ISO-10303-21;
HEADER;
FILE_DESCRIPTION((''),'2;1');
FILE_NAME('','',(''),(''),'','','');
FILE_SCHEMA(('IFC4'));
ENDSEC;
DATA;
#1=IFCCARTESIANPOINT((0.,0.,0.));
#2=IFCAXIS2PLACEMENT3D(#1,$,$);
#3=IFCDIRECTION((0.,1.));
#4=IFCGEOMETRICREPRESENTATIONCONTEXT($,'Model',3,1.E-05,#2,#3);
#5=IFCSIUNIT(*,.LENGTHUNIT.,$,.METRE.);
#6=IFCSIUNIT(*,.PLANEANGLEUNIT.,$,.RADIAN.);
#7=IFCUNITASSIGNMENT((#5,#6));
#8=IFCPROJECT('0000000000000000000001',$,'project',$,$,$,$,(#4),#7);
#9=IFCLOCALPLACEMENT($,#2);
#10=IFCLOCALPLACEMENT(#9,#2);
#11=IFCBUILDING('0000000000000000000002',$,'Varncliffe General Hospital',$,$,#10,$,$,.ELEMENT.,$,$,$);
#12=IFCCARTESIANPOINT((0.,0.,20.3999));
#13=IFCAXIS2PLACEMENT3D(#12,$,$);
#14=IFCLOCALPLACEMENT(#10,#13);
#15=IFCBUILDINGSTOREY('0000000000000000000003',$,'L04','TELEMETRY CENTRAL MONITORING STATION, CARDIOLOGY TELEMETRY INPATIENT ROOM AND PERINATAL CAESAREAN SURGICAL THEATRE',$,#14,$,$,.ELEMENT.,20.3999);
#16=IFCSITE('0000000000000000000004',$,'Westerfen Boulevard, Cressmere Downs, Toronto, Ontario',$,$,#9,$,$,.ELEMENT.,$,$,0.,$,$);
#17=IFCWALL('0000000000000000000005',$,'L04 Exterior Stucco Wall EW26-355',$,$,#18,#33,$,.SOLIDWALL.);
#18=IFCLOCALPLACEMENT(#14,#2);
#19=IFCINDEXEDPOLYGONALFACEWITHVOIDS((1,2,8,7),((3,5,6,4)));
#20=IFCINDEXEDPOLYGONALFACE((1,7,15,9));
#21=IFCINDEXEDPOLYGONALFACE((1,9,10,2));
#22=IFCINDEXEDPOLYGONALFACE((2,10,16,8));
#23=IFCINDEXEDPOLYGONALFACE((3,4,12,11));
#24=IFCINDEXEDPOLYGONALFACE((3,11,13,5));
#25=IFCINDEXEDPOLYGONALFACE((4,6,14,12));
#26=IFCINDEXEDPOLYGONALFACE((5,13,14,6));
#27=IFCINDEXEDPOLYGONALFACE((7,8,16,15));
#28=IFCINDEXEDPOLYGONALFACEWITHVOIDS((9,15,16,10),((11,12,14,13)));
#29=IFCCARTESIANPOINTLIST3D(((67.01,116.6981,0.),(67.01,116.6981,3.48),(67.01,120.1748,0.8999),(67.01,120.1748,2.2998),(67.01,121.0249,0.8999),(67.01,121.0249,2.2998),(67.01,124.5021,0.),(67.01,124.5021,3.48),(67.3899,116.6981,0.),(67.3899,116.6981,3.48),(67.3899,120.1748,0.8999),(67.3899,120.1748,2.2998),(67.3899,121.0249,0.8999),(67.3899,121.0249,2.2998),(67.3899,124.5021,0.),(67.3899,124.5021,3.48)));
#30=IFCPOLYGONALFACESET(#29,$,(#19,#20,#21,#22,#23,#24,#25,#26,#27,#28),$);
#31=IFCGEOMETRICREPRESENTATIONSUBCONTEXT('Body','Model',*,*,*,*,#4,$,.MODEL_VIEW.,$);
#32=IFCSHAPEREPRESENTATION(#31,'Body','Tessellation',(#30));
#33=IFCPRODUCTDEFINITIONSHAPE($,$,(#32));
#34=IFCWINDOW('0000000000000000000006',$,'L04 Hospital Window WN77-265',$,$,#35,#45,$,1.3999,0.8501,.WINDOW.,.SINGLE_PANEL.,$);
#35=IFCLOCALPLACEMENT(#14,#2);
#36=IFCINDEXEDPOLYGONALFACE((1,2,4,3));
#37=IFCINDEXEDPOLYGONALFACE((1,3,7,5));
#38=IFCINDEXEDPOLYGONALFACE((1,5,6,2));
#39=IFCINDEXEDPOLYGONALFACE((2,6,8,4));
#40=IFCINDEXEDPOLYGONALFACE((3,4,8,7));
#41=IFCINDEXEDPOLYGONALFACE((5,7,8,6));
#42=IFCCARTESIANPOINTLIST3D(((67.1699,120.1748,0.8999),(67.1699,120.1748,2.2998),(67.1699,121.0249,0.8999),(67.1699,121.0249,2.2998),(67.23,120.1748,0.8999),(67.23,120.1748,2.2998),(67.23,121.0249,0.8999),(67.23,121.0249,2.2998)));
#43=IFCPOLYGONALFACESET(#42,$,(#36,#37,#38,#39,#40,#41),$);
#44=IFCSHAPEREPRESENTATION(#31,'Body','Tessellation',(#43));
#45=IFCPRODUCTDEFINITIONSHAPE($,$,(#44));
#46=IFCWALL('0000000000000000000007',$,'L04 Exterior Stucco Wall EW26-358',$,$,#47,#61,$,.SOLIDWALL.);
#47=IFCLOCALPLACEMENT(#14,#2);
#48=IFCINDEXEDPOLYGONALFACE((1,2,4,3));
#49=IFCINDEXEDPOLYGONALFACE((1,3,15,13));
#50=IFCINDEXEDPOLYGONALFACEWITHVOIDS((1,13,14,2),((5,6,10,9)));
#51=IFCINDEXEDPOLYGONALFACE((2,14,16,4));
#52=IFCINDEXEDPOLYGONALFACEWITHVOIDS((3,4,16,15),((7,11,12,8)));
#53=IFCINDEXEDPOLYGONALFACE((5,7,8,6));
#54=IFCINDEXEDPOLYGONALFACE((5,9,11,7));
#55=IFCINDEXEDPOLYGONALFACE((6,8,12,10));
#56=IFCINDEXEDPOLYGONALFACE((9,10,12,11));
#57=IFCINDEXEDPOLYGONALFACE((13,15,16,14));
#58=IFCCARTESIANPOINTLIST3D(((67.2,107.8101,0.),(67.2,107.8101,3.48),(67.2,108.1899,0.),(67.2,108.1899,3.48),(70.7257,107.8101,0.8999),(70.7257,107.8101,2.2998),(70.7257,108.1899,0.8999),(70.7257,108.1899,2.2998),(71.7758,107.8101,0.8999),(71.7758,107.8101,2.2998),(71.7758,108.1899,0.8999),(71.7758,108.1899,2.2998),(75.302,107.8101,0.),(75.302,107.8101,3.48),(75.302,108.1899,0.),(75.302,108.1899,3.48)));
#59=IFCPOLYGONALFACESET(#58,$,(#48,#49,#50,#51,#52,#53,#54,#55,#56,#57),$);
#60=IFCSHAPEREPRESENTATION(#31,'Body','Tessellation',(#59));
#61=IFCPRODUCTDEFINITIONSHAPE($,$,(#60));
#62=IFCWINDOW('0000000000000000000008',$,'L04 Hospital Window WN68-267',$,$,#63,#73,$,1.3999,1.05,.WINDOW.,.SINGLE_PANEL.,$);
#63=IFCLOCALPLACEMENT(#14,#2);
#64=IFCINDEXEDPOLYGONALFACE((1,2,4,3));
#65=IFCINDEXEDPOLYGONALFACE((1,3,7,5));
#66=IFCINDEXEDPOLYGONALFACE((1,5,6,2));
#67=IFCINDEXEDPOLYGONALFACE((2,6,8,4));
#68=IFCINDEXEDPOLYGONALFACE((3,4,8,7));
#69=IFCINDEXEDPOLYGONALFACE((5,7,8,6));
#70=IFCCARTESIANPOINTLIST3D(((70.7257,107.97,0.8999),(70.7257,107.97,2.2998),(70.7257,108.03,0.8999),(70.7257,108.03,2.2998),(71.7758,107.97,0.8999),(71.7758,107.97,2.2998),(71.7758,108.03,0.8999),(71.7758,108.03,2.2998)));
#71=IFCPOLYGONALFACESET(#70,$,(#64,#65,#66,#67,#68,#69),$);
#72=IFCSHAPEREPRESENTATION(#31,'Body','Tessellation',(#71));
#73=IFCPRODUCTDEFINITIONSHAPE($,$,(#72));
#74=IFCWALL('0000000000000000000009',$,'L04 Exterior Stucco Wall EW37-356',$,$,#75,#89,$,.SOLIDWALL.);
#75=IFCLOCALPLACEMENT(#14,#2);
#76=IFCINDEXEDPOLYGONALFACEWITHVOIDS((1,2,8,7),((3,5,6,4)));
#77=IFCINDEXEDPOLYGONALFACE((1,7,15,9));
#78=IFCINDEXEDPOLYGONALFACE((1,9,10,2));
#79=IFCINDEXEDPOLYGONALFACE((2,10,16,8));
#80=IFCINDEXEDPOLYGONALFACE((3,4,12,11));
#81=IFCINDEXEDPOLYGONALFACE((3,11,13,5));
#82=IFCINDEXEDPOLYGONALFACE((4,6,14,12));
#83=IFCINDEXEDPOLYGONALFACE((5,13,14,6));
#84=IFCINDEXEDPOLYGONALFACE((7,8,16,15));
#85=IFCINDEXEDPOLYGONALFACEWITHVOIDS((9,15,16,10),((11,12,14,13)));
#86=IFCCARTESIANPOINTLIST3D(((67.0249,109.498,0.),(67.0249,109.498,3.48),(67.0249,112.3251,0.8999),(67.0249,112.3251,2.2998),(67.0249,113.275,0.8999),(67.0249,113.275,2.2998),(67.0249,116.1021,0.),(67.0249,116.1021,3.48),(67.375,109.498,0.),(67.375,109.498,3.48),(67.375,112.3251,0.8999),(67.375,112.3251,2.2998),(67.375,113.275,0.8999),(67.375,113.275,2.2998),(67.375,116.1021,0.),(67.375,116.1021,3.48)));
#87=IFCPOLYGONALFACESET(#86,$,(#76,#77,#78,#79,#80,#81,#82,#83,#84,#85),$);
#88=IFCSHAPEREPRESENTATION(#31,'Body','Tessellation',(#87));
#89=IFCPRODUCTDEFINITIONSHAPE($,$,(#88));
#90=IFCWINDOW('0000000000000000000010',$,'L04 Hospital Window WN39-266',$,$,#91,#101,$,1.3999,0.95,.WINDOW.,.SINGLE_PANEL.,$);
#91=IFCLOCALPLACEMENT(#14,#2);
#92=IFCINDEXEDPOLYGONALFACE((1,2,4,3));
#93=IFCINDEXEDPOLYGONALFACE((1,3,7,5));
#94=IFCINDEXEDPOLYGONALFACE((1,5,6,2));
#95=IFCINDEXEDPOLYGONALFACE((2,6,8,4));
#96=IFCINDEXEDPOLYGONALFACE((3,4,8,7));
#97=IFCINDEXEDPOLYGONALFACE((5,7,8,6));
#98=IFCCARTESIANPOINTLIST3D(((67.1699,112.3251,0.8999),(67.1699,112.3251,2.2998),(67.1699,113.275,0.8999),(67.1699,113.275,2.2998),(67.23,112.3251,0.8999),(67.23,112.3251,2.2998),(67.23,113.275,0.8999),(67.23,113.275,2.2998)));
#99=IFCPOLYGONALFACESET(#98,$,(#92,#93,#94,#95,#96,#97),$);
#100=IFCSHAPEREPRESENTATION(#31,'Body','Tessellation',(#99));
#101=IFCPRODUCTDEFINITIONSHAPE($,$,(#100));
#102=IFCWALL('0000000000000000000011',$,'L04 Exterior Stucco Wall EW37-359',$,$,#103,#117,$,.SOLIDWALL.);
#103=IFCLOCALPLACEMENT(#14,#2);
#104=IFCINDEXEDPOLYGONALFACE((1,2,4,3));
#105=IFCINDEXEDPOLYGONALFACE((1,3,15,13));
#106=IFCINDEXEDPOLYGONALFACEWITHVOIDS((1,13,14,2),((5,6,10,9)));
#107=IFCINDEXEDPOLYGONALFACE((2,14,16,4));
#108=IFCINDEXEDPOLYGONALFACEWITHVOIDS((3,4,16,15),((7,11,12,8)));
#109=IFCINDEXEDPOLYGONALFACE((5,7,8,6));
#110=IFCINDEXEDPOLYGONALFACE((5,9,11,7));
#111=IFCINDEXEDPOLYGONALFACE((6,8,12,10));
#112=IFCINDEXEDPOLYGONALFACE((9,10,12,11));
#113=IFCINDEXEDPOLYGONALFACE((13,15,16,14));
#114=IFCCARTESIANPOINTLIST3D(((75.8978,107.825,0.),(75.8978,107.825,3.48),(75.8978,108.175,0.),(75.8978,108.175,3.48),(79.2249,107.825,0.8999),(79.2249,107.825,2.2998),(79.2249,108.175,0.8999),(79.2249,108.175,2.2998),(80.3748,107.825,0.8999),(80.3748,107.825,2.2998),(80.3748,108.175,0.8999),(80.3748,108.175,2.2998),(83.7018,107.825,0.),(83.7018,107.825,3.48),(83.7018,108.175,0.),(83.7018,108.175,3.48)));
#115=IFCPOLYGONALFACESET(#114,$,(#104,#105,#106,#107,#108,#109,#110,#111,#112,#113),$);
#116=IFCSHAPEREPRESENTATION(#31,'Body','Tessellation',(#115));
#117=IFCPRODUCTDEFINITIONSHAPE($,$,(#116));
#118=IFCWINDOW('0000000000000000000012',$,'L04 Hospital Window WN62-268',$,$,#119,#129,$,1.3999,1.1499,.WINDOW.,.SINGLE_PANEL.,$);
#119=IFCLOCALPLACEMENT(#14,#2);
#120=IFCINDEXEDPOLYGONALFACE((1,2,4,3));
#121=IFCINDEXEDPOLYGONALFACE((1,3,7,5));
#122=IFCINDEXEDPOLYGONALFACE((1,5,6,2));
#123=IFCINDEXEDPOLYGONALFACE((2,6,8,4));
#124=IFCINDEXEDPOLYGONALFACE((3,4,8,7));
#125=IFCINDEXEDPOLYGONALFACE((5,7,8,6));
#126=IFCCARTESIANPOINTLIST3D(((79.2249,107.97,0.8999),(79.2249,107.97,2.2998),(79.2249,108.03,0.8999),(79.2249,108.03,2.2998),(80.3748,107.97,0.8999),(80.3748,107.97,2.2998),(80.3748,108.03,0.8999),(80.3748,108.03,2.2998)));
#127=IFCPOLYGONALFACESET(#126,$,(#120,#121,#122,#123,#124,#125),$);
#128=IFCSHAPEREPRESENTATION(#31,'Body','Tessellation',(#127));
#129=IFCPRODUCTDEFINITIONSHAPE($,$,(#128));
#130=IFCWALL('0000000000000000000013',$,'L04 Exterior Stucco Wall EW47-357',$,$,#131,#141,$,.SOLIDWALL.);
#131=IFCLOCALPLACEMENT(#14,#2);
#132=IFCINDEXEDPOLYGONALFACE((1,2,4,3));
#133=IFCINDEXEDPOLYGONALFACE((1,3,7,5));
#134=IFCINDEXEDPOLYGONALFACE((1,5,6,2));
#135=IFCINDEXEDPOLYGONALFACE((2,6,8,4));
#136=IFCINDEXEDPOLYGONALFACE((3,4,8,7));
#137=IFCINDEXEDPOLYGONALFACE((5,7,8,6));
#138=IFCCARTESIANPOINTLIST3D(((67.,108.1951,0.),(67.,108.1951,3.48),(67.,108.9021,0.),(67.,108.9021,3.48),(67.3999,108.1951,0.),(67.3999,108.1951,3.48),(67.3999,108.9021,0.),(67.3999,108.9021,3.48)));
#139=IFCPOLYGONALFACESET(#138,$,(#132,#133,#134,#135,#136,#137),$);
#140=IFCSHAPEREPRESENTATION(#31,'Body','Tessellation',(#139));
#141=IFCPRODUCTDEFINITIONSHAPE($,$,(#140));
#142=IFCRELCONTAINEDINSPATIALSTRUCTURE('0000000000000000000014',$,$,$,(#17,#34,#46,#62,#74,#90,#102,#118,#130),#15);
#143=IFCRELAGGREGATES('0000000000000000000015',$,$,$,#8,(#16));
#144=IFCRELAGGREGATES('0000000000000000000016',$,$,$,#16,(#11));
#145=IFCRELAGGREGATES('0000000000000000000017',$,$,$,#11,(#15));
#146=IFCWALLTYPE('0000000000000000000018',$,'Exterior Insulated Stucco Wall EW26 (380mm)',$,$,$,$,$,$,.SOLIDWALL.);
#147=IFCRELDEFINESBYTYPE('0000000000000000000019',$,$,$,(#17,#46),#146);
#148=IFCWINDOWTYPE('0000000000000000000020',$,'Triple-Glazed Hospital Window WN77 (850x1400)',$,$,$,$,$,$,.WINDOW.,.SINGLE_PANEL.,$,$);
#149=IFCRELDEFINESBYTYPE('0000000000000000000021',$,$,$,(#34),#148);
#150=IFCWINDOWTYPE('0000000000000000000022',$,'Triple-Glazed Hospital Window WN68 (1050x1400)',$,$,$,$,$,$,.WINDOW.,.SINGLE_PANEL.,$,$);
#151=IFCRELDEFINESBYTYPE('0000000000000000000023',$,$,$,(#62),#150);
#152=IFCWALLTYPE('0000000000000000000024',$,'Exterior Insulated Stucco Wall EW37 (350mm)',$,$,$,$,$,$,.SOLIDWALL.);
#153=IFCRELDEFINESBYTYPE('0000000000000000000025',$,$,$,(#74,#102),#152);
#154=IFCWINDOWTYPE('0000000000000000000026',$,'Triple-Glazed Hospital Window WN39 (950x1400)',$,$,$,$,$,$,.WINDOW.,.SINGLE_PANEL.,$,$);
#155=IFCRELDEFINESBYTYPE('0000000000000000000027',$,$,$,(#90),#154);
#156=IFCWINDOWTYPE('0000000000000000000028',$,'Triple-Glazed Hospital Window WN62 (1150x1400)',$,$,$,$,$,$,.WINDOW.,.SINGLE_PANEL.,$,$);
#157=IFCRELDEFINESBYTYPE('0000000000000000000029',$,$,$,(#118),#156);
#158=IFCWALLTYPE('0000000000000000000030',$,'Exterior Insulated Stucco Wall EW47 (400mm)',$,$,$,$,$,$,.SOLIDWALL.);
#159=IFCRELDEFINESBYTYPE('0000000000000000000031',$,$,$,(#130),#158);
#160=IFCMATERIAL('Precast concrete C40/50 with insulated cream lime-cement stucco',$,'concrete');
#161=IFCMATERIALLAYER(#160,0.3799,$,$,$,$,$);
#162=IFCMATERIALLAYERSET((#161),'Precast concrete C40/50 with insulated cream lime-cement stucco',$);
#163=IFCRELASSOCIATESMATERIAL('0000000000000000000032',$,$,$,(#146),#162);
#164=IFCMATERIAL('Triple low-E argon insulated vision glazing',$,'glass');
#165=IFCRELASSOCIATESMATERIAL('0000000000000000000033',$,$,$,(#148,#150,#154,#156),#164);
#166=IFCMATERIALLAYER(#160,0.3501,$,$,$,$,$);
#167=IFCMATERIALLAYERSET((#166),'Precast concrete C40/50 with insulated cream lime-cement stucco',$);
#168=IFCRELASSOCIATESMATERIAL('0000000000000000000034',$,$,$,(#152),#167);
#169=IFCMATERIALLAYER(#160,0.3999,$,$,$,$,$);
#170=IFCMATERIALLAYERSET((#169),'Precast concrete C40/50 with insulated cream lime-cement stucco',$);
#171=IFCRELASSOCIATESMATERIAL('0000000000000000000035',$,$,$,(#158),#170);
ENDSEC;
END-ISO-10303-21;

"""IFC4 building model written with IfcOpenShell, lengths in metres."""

from ifc_helpers import new_model, si_unit, direction, frame, frame_2d, origin, place, context, subcontext, project, spatial, rectangle, extrude, material, layer, layer_set, type_object, element, fill, save


model = new_model("IFC4")

# Units and contexts
model_context = context("Model", 3, precision=1e-05, world=origin(), true_north=direction((0.0, 1.0)))
body_context = subcontext(model_context, "Body", "Model", "MODEL_VIEW")
ifc_project = project(units=[si_unit("LENGTHUNIT", "METRE"), si_unit("PLANEANGLEUNIT", "RADIAN")], contexts=[model_context])

# Site, building, storey
site_placement = place(None, origin())
site = spatial("IfcSite", under=ifc_project, at=site_placement, Name="Westerfen Boulevard, Cressmere Downs, Toronto, Ontario", CompositionType="ELEMENT", RefElevation=0.0)
building_placement = place(site_placement, origin())
building = spatial("IfcBuilding", under=site, at=building_placement, Name="Varncliffe General Hospital", CompositionType="ELEMENT")
storey_placement = place(building_placement, frame((0.0, 0.0, 20.3999)))
storey = spatial("IfcBuildingStorey", under=building, at=storey_placement, Name="L04", Description="TELEMETRY CENTRAL MONITORING STATION, CARDIOLOGY TELEMETRY INPATIENT ROOM AND PERINATAL CAESAREAN SURGICAL THEATRE", CompositionType="ELEMENT", Elevation=20.3999)

# Walls, openings, windows
ifc_material_1 = material(Name="Precast concrete C40/50 with insulated cream lime-cement stucco", Category="concrete")
ifc_layer_1 = layer(ifc_material_1, 0.3799)
ifc_layer_set_1 = layer_set([ifc_layer_1], Name="Precast concrete C40/50 with insulated cream lime-cement stucco")
wall_type_1 = type_object("IfcWallType", Name="Exterior Insulated Stucco Wall EW26 (380mm)", PredefinedType="SOLIDWALL", material=ifc_layer_set_1)
wall_1_placement = place(storey_placement, frame((67.2, 124.502, 0.0), z_axis=(0.0, 0.0, 1.0), x_axis=(0.0, -1.0, 0.0)))
wall_1 = element("IfcWall", 1, at=wall_1_placement, inside=storey, type_object=wall_type_1, Name="L04 Exterior Stucco Wall EW26-355", PredefinedType="SOLIDWALL", context=body_context, shape_type="SweptSolid", body=[
    extrude(rectangle(XDim=7.804, YDim=0.3799, at=frame_2d((3.9019, 0.0))), origin(), (0.0, 0.0, 1.0), 3.48),
])
opening_1_placement = place(wall_1_placement, frame((3.4771, 0.0, 0.8999)))
opening_1 = element("IfcOpeningElement", 2, at=opening_1_placement, cuts=wall_1, PredefinedType="OPENING", context=body_context, shape_type="SweptSolid", body=[
    extrude(rectangle(XDim=0.8501, YDim=1.3999, at=frame_2d((0.425, 0.7))), frame((0.0, 0.2, 0.0), z_axis=(0.0, -1.0, 0.0), x_axis=(1.0, 0.0, 0.0)), (0.0, 0.0, 1.0), 0.3999),
])
ifc_material_2 = material(Name="Triple low-E argon insulated vision glazing", Category="glass")
window_type_1 = type_object("IfcWindowType", Name="Triple-Glazed Hospital Window WN77 (850x1400)", PartitioningType="SINGLE_PANEL", PredefinedType="WINDOW", material=ifc_material_2)
window_1_placement = place(opening_1_placement, origin())
window_1 = element("IfcWindow", 3, at=window_1_placement, inside=storey, type_object=window_type_1, Name="L04 Hospital Window WN77-265", OverallHeight=1.3999, OverallWidth=0.8501, PartitioningType="SINGLE_PANEL", PredefinedType="WINDOW", context=body_context, shape_type="SweptSolid", body=[
    extrude(rectangle(XDim=0.8501, YDim=1.3999, at=frame_2d((0.425, 0.7))), frame((0.0, 0.03, 0.0), z_axis=(0.0, -1.0, 0.0), x_axis=(1.0, 0.0, 0.0)), (0.0, 0.0, 1.0), 0.0601),
])
fill(opening_1, window_1)
wall_2_placement = place(storey_placement, frame((67.2, 108.0, 0.0), z_axis=(0.0, 0.0, 1.0), x_axis=(1.0, 0.0, 0.0)))
wall_2 = element("IfcWall", 4, at=wall_2_placement, inside=storey, type_object=wall_type_1, Name="L04 Exterior Stucco Wall EW26-358", PredefinedType="SOLIDWALL", context=body_context, shape_type="SweptSolid", body=[
    extrude(rectangle(XDim=8.1021, YDim=0.3799, at=frame_2d((4.051, 0.0))), origin(), (0.0, 0.0, 1.0), 3.48),
])
opening_2_placement = place(wall_2_placement, frame((3.5259, 0.0, 0.8999)))
opening_2 = element("IfcOpeningElement", 5, at=opening_2_placement, cuts=wall_2, PredefinedType="OPENING", context=body_context, shape_type="SweptSolid", body=[
    extrude(rectangle(XDim=1.05, YDim=1.3999, at=frame_2d((0.5249, 0.7))), frame((0.0, 0.2, 0.0), z_axis=(0.0, -1.0, 0.0), x_axis=(1.0, 0.0, 0.0)), (0.0, 0.0, 1.0), 0.3999),
])
window_type_2 = type_object("IfcWindowType", Name="Triple-Glazed Hospital Window WN68 (1050x1400)", PartitioningType="SINGLE_PANEL", PredefinedType="WINDOW", material=ifc_material_2)
window_2_placement = place(opening_2_placement, origin())
window_2 = element("IfcWindow", 6, at=window_2_placement, inside=storey, type_object=window_type_2, Name="L04 Hospital Window WN68-267", OverallHeight=1.3999, OverallWidth=1.05, PartitioningType="SINGLE_PANEL", PredefinedType="WINDOW", context=body_context, shape_type="SweptSolid", body=[
    extrude(rectangle(XDim=1.05, YDim=1.3999, at=frame_2d((0.5249, 0.7))), frame((0.0, 0.03, 0.0), z_axis=(0.0, -1.0, 0.0), x_axis=(1.0, 0.0, 0.0)), (0.0, 0.0, 1.0), 0.0601),
])
fill(opening_2, window_2)
ifc_layer_2 = layer(ifc_material_1, 0.3501)
ifc_layer_set_2 = layer_set([ifc_layer_2], Name="Precast concrete C40/50 with insulated cream lime-cement stucco")
wall_type_2 = type_object("IfcWallType", Name="Exterior Insulated Stucco Wall EW37 (350mm)", PredefinedType="SOLIDWALL", material=ifc_layer_set_2)
wall_3_placement = place(storey_placement, frame((67.2, 116.1021, 0.0), z_axis=(0.0, 0.0, 1.0), x_axis=(0.0, -1.0, 0.0)))
wall_3 = element("IfcWall", 7, at=wall_3_placement, inside=storey, type_object=wall_type_2, Name="L04 Exterior Stucco Wall EW37-356", PredefinedType="SOLIDWALL", context=body_context, shape_type="SweptSolid", body=[
    extrude(rectangle(XDim=6.604, YDim=0.3501, at=frame_2d((3.302, 0.0))), origin(), (0.0, 0.0, 1.0), 3.48),
])
opening_3_placement = place(wall_3_placement, frame((2.8269, 0.0, 0.8999)))
opening_3 = element("IfcOpeningElement", 8, at=opening_3_placement, cuts=wall_3, PredefinedType="OPENING", context=body_context, shape_type="SweptSolid", body=[
    extrude(rectangle(XDim=0.95, YDim=1.3999, at=frame_2d((0.4751, 0.7))), frame((0.0, 0.1851, 0.0), z_axis=(0.0, -1.0, 0.0), x_axis=(1.0, 0.0, 0.0)), (0.0, 0.0, 1.0), 0.3701),
])
window_type_3 = type_object("IfcWindowType", Name="Triple-Glazed Hospital Window WN39 (950x1400)", PartitioningType="SINGLE_PANEL", PredefinedType="WINDOW", material=ifc_material_2)
window_3_placement = place(opening_3_placement, origin())
window_3 = element("IfcWindow", 9, at=window_3_placement, inside=storey, type_object=window_type_3, Name="L04 Hospital Window WN39-266", OverallHeight=1.3999, OverallWidth=0.95, PartitioningType="SINGLE_PANEL", PredefinedType="WINDOW", context=body_context, shape_type="SweptSolid", body=[
    extrude(rectangle(XDim=0.95, YDim=1.3999, at=frame_2d((0.4751, 0.7))), frame((0.0, 0.03, 0.0), z_axis=(0.0, -1.0, 0.0), x_axis=(1.0, 0.0, 0.0)), (0.0, 0.0, 1.0), 0.0601),
])
fill(opening_3, window_3)
wall_4_placement = place(storey_placement, frame((75.8979, 108.0, 0.0), z_axis=(0.0, 0.0, 1.0), x_axis=(1.0, 0.0, 0.0)))
wall_4 = element("IfcWall", 10, at=wall_4_placement, inside=storey, type_object=wall_type_2, Name="L04 Exterior Stucco Wall EW37-359", PredefinedType="SOLIDWALL", context=body_context, shape_type="SweptSolid", body=[
    extrude(rectangle(XDim=7.804, YDim=0.3501, at=frame_2d((3.9019, 0.0))), origin(), (0.0, 0.0, 1.0), 3.48),
])
opening_4_placement = place(wall_4_placement, frame((3.3269, 0.0, 0.8999)))
opening_4 = element("IfcOpeningElement", 11, at=opening_4_placement, cuts=wall_4, PredefinedType="OPENING", context=body_context, shape_type="SweptSolid", body=[
    extrude(rectangle(XDim=1.1499, YDim=1.3999, at=frame_2d((0.575, 0.7))), frame((0.0, 0.1851, 0.0), z_axis=(0.0, -1.0, 0.0), x_axis=(1.0, 0.0, 0.0)), (0.0, 0.0, 1.0), 0.3701),
])
window_type_4 = type_object("IfcWindowType", Name="Triple-Glazed Hospital Window WN62 (1150x1400)", PartitioningType="SINGLE_PANEL", PredefinedType="WINDOW", material=ifc_material_2)
window_4_placement = place(opening_4_placement, origin())
window_4 = element("IfcWindow", 12, at=window_4_placement, inside=storey, type_object=window_type_4, Name="L04 Hospital Window WN62-268", OverallHeight=1.3999, OverallWidth=1.1499, PartitioningType="SINGLE_PANEL", PredefinedType="WINDOW", context=body_context, shape_type="SweptSolid", body=[
    extrude(rectangle(XDim=1.1499, YDim=1.3999, at=frame_2d((0.575, 0.7))), frame((0.0, 0.03, 0.0), z_axis=(0.0, -1.0, 0.0), x_axis=(1.0, 0.0, 0.0)), (0.0, 0.0, 1.0), 0.0601),
])
fill(opening_4, window_4)

# Wall
ifc_layer_3 = layer(ifc_material_1, 0.3999)
ifc_layer_set_3 = layer_set([ifc_layer_3], Name="Precast concrete C40/50 with insulated cream lime-cement stucco")
wall_type_3 = type_object("IfcWallType", Name="Exterior Insulated Stucco Wall EW47 (400mm)", PredefinedType="SOLIDWALL", material=ifc_layer_set_3)
wall_5_placement = place(storey_placement, frame((67.2, 108.9021, 0.0), z_axis=(0.0, 0.0, 1.0), x_axis=(0.0, -1.0, 0.0)))
element("IfcWall", 13, at=wall_5_placement, inside=storey, type_object=wall_type_3, Name="L04 Exterior Stucco Wall EW47-357", PredefinedType="SOLIDWALL", context=body_context, shape_type="SweptSolid", body=[
    extrude(rectangle(XDim=0.707, YDim=0.3999, at=frame_2d((0.3535, 0.0))), origin(), (0.0, 0.0, 1.0), 3.48),
])

save(model, "model.ifc")
